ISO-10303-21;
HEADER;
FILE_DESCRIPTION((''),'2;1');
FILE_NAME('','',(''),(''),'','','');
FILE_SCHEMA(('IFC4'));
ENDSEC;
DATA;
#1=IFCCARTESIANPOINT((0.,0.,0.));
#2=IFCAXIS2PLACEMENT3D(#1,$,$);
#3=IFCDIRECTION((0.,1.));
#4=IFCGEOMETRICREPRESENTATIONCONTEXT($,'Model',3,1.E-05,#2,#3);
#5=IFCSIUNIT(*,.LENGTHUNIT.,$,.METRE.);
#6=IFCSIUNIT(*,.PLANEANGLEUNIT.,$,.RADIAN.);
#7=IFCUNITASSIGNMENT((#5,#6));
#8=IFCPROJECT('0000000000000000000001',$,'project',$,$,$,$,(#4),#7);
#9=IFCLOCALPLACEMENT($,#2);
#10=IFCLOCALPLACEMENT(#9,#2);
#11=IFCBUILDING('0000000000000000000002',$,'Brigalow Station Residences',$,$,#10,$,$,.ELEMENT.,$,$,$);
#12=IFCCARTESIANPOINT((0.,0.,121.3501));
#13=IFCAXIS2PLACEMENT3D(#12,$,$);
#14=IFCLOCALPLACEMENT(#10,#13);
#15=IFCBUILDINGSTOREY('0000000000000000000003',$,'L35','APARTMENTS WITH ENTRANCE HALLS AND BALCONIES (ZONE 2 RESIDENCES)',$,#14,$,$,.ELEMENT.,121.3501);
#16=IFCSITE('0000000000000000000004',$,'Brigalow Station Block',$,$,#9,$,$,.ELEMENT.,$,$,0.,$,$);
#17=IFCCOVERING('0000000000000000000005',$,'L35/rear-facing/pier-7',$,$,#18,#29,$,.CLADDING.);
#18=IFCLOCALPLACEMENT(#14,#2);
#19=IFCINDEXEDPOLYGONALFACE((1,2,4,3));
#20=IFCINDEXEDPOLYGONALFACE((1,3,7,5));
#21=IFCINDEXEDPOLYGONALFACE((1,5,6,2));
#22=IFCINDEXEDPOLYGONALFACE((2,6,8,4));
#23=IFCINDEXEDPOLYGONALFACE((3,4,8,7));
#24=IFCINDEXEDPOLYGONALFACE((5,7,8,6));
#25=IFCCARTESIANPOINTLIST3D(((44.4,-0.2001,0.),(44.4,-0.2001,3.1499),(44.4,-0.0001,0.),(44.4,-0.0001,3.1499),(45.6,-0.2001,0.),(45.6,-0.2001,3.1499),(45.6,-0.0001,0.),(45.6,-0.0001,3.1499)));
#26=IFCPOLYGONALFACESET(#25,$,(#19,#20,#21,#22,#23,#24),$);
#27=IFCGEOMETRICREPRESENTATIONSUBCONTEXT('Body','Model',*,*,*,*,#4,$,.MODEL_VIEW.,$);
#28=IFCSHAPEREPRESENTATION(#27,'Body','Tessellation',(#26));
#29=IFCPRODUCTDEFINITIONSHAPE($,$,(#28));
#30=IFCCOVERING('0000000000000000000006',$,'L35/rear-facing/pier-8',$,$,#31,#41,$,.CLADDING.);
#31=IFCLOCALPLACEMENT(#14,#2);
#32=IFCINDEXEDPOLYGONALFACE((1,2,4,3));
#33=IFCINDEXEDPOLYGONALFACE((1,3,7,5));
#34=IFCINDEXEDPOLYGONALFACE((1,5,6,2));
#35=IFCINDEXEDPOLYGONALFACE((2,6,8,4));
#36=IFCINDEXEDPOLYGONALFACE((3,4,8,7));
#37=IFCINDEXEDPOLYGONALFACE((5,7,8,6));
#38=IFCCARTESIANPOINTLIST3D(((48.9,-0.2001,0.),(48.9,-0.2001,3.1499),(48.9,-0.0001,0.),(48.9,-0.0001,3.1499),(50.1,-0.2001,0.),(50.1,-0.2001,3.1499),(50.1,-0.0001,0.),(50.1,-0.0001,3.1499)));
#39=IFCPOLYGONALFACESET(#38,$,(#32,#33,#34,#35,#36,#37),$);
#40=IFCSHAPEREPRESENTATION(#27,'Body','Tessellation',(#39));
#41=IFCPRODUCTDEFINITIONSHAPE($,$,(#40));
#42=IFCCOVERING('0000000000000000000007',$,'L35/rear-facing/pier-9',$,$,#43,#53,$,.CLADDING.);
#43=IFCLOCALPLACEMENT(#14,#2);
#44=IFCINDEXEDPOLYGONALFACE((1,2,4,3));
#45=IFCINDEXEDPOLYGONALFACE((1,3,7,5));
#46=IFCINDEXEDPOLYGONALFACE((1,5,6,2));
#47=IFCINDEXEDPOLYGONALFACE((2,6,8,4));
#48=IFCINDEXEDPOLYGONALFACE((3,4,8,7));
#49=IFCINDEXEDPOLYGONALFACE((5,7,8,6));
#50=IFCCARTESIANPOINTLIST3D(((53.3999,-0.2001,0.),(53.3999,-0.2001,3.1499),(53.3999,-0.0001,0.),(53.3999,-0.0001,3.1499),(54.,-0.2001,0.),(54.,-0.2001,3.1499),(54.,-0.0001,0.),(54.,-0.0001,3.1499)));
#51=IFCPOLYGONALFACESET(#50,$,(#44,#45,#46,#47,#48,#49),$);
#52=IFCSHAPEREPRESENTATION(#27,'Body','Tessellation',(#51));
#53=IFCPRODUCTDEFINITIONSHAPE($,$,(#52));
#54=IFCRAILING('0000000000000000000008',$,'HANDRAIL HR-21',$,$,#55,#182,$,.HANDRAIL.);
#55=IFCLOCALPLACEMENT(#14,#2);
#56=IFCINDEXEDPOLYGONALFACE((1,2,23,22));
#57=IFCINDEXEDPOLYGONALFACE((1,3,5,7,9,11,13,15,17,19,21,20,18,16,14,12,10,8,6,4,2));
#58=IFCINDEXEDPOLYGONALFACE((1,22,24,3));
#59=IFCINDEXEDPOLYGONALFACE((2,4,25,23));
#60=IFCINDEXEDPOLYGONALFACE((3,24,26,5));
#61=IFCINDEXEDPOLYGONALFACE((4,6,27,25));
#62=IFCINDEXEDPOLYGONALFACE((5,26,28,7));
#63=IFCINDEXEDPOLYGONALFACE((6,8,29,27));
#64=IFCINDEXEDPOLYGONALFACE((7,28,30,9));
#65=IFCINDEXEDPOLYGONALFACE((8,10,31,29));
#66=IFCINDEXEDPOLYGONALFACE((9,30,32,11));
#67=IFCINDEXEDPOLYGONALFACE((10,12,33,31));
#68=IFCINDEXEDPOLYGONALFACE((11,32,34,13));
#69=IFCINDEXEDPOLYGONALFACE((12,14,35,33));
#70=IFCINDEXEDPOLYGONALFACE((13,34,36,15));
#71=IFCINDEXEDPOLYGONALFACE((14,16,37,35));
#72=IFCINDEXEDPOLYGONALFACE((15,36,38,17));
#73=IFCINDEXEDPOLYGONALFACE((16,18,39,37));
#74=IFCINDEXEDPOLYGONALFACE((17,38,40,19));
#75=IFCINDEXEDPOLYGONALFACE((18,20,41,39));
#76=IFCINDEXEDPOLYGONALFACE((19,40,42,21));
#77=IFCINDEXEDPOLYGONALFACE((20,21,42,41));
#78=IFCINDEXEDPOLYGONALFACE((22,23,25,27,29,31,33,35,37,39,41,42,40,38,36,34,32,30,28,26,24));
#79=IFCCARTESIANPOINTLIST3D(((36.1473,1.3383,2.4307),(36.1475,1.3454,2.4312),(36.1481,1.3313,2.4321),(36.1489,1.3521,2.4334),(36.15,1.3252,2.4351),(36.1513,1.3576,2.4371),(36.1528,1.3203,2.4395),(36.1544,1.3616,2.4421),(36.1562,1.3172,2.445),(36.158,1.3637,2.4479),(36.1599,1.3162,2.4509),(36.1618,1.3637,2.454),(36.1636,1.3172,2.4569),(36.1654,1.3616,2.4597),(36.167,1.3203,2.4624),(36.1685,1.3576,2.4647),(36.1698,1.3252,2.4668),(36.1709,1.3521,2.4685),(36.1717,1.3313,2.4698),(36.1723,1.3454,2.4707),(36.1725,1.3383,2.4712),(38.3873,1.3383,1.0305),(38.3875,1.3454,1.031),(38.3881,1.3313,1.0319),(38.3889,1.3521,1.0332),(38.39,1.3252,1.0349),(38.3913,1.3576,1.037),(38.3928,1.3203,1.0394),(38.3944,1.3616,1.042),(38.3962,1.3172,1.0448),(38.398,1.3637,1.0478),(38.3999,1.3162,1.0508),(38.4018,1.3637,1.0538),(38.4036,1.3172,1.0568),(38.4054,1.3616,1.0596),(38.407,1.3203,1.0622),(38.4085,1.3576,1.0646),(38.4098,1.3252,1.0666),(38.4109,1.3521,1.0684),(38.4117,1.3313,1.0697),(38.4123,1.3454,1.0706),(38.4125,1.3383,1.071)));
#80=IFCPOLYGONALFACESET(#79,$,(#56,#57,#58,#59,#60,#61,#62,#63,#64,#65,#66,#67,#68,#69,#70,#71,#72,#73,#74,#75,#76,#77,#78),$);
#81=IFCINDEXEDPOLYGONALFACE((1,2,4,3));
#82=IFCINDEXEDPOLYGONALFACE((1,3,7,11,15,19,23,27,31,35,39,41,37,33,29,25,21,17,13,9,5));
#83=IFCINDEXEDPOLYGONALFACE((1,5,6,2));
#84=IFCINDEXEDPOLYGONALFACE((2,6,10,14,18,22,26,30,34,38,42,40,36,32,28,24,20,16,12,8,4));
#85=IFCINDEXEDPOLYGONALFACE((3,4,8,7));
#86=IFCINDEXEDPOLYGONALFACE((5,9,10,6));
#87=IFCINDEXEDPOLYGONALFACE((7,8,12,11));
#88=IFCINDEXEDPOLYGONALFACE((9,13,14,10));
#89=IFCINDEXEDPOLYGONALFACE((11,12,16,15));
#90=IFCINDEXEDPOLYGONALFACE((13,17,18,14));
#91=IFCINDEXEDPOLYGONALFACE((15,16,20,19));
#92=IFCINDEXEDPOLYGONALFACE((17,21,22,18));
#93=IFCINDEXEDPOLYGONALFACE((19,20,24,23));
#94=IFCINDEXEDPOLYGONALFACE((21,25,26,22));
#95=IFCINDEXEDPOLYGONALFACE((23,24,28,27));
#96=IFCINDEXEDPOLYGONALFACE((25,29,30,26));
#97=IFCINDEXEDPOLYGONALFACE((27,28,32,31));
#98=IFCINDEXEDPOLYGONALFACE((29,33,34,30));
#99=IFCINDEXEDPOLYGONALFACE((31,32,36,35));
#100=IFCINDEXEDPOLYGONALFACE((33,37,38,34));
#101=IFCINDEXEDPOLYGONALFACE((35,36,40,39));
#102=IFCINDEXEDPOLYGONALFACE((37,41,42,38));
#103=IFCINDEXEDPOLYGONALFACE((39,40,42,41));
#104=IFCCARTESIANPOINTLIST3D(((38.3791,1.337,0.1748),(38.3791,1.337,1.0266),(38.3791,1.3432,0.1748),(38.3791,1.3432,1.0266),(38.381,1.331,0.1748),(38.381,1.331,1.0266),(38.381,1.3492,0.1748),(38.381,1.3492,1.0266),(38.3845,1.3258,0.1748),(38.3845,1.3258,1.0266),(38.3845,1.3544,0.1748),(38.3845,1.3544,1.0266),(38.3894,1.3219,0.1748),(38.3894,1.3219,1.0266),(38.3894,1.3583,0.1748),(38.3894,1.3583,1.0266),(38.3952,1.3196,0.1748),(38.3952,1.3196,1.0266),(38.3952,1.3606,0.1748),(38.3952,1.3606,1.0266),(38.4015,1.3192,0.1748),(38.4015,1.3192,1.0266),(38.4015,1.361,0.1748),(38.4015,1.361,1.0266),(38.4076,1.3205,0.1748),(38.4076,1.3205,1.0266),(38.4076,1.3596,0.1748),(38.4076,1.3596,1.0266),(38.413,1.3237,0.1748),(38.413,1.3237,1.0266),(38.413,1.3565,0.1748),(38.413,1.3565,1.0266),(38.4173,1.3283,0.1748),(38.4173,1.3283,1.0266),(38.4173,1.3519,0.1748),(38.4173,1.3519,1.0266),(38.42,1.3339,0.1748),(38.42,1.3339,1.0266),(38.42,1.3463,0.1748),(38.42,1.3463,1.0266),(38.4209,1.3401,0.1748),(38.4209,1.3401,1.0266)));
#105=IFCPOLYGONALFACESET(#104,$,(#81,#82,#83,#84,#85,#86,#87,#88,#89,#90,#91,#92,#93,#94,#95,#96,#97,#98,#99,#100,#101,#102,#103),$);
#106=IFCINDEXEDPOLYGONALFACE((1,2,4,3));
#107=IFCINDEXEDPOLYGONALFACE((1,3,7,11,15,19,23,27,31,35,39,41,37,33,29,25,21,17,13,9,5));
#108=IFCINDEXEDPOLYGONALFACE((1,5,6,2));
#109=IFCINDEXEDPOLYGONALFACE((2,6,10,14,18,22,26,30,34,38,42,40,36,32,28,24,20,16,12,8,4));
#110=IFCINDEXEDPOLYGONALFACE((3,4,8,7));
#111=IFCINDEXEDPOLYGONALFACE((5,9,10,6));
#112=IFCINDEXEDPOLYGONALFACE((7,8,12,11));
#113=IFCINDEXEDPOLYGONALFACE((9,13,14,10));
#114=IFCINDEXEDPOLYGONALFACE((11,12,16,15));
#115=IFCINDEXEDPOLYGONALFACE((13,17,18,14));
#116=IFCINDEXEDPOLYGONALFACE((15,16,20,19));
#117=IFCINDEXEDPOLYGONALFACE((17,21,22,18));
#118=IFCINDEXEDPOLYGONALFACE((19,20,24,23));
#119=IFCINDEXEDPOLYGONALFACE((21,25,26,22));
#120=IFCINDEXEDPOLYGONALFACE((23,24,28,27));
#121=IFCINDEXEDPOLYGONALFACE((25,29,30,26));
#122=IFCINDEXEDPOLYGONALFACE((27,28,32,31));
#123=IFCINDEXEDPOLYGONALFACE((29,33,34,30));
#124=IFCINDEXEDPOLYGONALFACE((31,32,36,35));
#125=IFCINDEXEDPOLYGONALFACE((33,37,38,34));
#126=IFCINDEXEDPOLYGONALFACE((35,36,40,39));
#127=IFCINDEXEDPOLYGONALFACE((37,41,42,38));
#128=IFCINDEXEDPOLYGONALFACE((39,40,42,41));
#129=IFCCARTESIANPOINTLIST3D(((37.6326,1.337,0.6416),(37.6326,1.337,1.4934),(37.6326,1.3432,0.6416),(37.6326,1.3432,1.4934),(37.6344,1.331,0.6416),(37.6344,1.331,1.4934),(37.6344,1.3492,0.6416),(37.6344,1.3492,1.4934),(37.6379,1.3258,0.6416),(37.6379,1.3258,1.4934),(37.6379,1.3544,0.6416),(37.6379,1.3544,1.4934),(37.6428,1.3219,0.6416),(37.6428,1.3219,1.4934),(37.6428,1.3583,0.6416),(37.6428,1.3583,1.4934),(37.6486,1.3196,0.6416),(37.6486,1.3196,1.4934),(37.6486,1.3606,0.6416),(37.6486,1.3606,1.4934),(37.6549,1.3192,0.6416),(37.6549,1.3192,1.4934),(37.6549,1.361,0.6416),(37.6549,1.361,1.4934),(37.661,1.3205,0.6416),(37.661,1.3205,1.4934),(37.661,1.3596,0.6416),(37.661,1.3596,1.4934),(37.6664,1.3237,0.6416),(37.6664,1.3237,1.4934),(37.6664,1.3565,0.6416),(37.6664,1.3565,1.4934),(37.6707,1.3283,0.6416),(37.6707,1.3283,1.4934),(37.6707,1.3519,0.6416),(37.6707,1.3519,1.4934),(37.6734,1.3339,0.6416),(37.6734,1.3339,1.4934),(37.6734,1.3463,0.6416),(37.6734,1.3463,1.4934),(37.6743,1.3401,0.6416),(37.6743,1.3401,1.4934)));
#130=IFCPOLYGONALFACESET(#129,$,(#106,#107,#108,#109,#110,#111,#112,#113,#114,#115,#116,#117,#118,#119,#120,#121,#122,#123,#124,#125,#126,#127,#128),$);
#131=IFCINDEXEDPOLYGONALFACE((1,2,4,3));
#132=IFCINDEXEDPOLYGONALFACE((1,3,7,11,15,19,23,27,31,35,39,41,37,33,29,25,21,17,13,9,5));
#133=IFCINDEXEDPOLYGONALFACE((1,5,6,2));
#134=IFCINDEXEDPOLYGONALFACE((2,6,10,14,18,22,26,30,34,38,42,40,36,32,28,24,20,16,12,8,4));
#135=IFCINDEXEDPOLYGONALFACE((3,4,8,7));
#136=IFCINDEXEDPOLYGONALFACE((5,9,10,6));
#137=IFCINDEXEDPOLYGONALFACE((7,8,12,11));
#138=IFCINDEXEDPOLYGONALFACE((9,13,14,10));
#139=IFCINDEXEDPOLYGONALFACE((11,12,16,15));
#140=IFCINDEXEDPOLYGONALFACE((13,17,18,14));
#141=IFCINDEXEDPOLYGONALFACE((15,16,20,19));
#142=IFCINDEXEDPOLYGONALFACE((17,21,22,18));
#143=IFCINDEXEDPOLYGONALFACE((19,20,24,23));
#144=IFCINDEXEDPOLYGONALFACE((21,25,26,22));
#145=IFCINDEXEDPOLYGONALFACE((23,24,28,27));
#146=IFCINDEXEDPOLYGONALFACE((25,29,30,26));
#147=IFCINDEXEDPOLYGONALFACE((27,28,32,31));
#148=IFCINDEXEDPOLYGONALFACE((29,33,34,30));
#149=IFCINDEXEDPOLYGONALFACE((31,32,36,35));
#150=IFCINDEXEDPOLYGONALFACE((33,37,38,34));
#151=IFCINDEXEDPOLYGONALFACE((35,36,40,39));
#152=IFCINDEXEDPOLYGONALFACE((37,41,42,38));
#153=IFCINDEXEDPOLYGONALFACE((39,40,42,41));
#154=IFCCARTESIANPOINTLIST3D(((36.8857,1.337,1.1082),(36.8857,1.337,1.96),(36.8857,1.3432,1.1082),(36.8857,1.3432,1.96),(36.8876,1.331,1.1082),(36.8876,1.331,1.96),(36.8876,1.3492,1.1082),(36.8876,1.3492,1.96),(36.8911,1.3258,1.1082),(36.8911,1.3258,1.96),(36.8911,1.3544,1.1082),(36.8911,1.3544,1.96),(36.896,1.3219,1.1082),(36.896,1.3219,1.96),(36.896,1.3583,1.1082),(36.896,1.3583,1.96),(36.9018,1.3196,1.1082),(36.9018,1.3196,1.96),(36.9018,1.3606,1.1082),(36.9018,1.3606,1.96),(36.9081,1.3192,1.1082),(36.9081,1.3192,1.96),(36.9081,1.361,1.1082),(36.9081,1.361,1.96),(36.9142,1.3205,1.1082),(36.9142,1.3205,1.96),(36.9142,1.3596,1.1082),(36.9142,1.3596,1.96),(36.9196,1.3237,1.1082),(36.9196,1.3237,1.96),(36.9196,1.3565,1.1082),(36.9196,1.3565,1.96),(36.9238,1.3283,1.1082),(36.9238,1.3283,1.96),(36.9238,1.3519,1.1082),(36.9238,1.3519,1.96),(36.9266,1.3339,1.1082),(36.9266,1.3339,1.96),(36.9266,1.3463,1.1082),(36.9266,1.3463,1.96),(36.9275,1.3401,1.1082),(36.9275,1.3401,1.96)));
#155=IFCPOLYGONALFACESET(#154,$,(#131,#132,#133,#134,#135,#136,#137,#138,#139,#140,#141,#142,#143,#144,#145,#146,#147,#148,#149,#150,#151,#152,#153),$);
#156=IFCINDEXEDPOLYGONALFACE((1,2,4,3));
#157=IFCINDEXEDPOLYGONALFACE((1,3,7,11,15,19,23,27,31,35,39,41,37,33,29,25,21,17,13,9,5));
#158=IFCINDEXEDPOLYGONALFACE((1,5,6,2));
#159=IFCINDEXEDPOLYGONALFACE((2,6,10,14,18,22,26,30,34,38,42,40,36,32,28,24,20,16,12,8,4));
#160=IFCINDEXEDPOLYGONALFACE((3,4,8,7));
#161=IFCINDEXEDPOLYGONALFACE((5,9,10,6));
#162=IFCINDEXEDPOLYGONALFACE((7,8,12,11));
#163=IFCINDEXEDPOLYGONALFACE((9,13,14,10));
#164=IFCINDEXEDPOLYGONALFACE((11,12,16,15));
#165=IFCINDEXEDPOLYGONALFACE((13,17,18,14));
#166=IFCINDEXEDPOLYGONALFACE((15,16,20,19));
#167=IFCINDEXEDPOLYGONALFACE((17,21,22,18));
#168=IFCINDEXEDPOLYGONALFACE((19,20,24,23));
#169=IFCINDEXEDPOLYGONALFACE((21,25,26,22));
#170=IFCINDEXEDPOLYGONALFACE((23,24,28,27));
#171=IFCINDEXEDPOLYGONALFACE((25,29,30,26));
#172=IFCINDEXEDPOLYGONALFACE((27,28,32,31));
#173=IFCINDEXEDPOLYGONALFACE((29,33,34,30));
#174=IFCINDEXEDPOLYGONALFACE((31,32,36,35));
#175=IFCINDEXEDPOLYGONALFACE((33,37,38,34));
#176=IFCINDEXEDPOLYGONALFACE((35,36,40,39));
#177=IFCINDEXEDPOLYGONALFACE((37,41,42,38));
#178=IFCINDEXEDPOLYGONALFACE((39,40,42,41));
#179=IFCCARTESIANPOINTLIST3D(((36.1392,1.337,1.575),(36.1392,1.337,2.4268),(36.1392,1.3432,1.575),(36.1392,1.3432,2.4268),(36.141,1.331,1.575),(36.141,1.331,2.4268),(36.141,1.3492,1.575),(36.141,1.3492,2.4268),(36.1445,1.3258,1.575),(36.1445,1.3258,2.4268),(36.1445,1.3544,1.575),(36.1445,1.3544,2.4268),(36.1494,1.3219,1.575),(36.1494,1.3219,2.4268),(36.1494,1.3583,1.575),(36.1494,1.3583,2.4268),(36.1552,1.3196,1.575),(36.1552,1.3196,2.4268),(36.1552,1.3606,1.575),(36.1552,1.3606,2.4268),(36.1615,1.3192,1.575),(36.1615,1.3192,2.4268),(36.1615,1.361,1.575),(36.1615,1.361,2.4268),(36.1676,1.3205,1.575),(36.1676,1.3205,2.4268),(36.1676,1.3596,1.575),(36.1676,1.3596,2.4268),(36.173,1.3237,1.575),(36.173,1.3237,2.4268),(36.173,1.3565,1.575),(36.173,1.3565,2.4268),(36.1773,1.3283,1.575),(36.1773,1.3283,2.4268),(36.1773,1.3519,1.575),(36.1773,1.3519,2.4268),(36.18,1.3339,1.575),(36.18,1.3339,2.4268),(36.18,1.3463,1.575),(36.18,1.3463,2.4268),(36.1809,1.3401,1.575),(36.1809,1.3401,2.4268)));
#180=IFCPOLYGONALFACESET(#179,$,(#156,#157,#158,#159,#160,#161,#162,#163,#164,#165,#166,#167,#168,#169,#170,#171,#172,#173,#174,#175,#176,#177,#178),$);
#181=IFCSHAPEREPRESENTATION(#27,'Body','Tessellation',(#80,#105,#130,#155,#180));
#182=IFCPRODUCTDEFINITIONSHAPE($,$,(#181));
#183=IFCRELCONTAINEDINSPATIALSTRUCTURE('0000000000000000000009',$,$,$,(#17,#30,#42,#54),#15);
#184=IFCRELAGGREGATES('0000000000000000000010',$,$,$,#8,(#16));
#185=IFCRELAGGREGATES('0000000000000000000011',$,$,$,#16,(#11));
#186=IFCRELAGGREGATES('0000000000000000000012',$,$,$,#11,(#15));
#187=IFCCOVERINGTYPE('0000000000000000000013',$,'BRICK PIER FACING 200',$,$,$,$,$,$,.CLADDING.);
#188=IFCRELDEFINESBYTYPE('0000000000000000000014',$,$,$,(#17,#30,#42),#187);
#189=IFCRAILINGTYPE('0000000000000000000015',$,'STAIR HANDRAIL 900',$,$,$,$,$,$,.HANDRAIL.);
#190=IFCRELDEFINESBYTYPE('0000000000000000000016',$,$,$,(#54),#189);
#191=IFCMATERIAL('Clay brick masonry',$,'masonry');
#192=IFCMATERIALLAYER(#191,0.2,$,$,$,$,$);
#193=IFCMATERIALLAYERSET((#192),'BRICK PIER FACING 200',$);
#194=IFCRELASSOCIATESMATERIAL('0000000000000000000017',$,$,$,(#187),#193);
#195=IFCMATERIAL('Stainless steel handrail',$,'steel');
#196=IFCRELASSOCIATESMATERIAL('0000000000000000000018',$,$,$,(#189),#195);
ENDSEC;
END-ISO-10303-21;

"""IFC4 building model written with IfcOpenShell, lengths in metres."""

from ifc_helpers import new_model, si_unit, direction, frame, origin, origin_2d, place, context, subcontext, project, spatial, rectangle, circle, extrude, material, layer, layer_set, type_object, element, save


model = new_model("IFC4")

# Units and contexts
model_context = context("Model", 3, precision=1e-05, world=origin(), true_north=direction((0.0, 1.0)))
body_context = subcontext(model_context, "Body", "Model", "MODEL_VIEW")
ifc_project = project(units=[si_unit("LENGTHUNIT", "METRE"), si_unit("PLANEANGLEUNIT", "RADIAN")], contexts=[model_context])

# Site, building, storey
site_placement = place(None, origin())
site = spatial("IfcSite", under=ifc_project, at=site_placement, Name="Brigalow Station Block", CompositionType="ELEMENT", RefElevation=0.0)
building_placement = place(site_placement, origin())
building = spatial("IfcBuilding", under=site, at=building_placement, Name="Brigalow Station Residences", CompositionType="ELEMENT")
storey_placement = place(building_placement, frame((0.0, 0.0, 121.3501)))
storey = spatial("IfcBuildingStorey", under=building, at=storey_placement, Name="L35", Description="APARTMENTS WITH ENTRANCE HALLS AND BALCONIES (ZONE 2 RESIDENCES)", CompositionType="ELEMENT", Elevation=121.3501)

# Coverings
ifc_material_1 = material(Name="Clay brick masonry", Category="masonry")
ifc_layer_1 = layer(ifc_material_1, 0.2)
ifc_layer_set_1 = layer_set([ifc_layer_1], Name="BRICK PIER FACING 200")
covering_type_1 = type_object("IfcCoveringType", Name="BRICK PIER FACING 200", PredefinedType="CLADDING", material=ifc_layer_set_1)
for number, where, z_axis, x_axis, name in (
    (1, (45.0, -0.1001, 0.0), (0.0, 0.0, 1.0), (1.0, 0.0, 0.0), "L35/rear-facing/pier-7"),
    (2, (49.5, -0.1001, 0.0), (0.0, 0.0, 1.0), (1.0, 0.0, 0.0), "L35/rear-facing/pier-8"),
):
    element("IfcCovering", number, at=place(storey_placement, frame(where, z_axis=z_axis, x_axis=x_axis)), inside=storey, type_object=covering_type_1, Name=name, PredefinedType="CLADDING", context=body_context, shape_type="SweptSolid", body=[
        extrude(rectangle(XDim=1.2, YDim=0.2, at=origin_2d()), origin(), (0.0, 0.0, 1.0), 3.1499),
    ])
covering_placement = place(storey_placement, frame((53.7, -0.1001, 0.0), z_axis=(0.0, 0.0, 1.0), x_axis=(1.0, 0.0, 0.0)))
element("IfcCovering", 3, at=covering_placement, inside=storey, type_object=covering_type_1, Name="L35/rear-facing/pier-9", PredefinedType="CLADDING", context=body_context, shape_type="SweptSolid", body=[
    extrude(rectangle(XDim=0.6001, YDim=0.2, at=origin_2d()), origin(), (0.0, 0.0, 1.0), 3.1499),
])

# Railing
ifc_material_2 = material(Name="Stainless steel handrail", Category="steel")
railing_type_1 = type_object("IfcRailingType", Name="STAIR HANDRAIL 900", PredefinedType="HANDRAIL", material=ifc_material_2)
railing_1_placement = place(storey_placement, frame((38.3999, 1.3401, 0.1748)))
element("IfcRailing", 4, at=railing_1_placement, inside=storey, type_object=railing_type_1, Name="HANDRAIL HR-21", PredefinedType="HANDRAIL", context=body_context, shape_type="SweptSolid", body=[
    extrude(circle(Radius=0.0239, at=origin_2d()), frame((0.0, 0.0, 0.876), z_axis=(-0.847972, 0.0, 0.53004), x_axis=(0.0, -1.0, 0.0)), (0.0, 0.0, 1.0), 2.6416),
    extrude(circle(Radius=0.021, at=origin_2d()), origin(), (0.0, 0.0, 1.0), 0.8518),
    extrude(circle(Radius=0.021, at=origin_2d()), frame((-0.7466, 0.0, 0.4668)), (0.0, 0.0, 1.0), 0.8518),
    extrude(circle(Radius=0.021, at=origin_2d()), frame((-1.4934, 0.0, 0.9333)), (0.0, 0.0, 1.0), 0.8518),
    extrude(circle(Radius=0.021, at=origin_2d()), frame((-2.24, 0.0, 1.4001)), (0.0, 0.0, 1.0), 0.8518),
])

save(model, "model.ifc")
